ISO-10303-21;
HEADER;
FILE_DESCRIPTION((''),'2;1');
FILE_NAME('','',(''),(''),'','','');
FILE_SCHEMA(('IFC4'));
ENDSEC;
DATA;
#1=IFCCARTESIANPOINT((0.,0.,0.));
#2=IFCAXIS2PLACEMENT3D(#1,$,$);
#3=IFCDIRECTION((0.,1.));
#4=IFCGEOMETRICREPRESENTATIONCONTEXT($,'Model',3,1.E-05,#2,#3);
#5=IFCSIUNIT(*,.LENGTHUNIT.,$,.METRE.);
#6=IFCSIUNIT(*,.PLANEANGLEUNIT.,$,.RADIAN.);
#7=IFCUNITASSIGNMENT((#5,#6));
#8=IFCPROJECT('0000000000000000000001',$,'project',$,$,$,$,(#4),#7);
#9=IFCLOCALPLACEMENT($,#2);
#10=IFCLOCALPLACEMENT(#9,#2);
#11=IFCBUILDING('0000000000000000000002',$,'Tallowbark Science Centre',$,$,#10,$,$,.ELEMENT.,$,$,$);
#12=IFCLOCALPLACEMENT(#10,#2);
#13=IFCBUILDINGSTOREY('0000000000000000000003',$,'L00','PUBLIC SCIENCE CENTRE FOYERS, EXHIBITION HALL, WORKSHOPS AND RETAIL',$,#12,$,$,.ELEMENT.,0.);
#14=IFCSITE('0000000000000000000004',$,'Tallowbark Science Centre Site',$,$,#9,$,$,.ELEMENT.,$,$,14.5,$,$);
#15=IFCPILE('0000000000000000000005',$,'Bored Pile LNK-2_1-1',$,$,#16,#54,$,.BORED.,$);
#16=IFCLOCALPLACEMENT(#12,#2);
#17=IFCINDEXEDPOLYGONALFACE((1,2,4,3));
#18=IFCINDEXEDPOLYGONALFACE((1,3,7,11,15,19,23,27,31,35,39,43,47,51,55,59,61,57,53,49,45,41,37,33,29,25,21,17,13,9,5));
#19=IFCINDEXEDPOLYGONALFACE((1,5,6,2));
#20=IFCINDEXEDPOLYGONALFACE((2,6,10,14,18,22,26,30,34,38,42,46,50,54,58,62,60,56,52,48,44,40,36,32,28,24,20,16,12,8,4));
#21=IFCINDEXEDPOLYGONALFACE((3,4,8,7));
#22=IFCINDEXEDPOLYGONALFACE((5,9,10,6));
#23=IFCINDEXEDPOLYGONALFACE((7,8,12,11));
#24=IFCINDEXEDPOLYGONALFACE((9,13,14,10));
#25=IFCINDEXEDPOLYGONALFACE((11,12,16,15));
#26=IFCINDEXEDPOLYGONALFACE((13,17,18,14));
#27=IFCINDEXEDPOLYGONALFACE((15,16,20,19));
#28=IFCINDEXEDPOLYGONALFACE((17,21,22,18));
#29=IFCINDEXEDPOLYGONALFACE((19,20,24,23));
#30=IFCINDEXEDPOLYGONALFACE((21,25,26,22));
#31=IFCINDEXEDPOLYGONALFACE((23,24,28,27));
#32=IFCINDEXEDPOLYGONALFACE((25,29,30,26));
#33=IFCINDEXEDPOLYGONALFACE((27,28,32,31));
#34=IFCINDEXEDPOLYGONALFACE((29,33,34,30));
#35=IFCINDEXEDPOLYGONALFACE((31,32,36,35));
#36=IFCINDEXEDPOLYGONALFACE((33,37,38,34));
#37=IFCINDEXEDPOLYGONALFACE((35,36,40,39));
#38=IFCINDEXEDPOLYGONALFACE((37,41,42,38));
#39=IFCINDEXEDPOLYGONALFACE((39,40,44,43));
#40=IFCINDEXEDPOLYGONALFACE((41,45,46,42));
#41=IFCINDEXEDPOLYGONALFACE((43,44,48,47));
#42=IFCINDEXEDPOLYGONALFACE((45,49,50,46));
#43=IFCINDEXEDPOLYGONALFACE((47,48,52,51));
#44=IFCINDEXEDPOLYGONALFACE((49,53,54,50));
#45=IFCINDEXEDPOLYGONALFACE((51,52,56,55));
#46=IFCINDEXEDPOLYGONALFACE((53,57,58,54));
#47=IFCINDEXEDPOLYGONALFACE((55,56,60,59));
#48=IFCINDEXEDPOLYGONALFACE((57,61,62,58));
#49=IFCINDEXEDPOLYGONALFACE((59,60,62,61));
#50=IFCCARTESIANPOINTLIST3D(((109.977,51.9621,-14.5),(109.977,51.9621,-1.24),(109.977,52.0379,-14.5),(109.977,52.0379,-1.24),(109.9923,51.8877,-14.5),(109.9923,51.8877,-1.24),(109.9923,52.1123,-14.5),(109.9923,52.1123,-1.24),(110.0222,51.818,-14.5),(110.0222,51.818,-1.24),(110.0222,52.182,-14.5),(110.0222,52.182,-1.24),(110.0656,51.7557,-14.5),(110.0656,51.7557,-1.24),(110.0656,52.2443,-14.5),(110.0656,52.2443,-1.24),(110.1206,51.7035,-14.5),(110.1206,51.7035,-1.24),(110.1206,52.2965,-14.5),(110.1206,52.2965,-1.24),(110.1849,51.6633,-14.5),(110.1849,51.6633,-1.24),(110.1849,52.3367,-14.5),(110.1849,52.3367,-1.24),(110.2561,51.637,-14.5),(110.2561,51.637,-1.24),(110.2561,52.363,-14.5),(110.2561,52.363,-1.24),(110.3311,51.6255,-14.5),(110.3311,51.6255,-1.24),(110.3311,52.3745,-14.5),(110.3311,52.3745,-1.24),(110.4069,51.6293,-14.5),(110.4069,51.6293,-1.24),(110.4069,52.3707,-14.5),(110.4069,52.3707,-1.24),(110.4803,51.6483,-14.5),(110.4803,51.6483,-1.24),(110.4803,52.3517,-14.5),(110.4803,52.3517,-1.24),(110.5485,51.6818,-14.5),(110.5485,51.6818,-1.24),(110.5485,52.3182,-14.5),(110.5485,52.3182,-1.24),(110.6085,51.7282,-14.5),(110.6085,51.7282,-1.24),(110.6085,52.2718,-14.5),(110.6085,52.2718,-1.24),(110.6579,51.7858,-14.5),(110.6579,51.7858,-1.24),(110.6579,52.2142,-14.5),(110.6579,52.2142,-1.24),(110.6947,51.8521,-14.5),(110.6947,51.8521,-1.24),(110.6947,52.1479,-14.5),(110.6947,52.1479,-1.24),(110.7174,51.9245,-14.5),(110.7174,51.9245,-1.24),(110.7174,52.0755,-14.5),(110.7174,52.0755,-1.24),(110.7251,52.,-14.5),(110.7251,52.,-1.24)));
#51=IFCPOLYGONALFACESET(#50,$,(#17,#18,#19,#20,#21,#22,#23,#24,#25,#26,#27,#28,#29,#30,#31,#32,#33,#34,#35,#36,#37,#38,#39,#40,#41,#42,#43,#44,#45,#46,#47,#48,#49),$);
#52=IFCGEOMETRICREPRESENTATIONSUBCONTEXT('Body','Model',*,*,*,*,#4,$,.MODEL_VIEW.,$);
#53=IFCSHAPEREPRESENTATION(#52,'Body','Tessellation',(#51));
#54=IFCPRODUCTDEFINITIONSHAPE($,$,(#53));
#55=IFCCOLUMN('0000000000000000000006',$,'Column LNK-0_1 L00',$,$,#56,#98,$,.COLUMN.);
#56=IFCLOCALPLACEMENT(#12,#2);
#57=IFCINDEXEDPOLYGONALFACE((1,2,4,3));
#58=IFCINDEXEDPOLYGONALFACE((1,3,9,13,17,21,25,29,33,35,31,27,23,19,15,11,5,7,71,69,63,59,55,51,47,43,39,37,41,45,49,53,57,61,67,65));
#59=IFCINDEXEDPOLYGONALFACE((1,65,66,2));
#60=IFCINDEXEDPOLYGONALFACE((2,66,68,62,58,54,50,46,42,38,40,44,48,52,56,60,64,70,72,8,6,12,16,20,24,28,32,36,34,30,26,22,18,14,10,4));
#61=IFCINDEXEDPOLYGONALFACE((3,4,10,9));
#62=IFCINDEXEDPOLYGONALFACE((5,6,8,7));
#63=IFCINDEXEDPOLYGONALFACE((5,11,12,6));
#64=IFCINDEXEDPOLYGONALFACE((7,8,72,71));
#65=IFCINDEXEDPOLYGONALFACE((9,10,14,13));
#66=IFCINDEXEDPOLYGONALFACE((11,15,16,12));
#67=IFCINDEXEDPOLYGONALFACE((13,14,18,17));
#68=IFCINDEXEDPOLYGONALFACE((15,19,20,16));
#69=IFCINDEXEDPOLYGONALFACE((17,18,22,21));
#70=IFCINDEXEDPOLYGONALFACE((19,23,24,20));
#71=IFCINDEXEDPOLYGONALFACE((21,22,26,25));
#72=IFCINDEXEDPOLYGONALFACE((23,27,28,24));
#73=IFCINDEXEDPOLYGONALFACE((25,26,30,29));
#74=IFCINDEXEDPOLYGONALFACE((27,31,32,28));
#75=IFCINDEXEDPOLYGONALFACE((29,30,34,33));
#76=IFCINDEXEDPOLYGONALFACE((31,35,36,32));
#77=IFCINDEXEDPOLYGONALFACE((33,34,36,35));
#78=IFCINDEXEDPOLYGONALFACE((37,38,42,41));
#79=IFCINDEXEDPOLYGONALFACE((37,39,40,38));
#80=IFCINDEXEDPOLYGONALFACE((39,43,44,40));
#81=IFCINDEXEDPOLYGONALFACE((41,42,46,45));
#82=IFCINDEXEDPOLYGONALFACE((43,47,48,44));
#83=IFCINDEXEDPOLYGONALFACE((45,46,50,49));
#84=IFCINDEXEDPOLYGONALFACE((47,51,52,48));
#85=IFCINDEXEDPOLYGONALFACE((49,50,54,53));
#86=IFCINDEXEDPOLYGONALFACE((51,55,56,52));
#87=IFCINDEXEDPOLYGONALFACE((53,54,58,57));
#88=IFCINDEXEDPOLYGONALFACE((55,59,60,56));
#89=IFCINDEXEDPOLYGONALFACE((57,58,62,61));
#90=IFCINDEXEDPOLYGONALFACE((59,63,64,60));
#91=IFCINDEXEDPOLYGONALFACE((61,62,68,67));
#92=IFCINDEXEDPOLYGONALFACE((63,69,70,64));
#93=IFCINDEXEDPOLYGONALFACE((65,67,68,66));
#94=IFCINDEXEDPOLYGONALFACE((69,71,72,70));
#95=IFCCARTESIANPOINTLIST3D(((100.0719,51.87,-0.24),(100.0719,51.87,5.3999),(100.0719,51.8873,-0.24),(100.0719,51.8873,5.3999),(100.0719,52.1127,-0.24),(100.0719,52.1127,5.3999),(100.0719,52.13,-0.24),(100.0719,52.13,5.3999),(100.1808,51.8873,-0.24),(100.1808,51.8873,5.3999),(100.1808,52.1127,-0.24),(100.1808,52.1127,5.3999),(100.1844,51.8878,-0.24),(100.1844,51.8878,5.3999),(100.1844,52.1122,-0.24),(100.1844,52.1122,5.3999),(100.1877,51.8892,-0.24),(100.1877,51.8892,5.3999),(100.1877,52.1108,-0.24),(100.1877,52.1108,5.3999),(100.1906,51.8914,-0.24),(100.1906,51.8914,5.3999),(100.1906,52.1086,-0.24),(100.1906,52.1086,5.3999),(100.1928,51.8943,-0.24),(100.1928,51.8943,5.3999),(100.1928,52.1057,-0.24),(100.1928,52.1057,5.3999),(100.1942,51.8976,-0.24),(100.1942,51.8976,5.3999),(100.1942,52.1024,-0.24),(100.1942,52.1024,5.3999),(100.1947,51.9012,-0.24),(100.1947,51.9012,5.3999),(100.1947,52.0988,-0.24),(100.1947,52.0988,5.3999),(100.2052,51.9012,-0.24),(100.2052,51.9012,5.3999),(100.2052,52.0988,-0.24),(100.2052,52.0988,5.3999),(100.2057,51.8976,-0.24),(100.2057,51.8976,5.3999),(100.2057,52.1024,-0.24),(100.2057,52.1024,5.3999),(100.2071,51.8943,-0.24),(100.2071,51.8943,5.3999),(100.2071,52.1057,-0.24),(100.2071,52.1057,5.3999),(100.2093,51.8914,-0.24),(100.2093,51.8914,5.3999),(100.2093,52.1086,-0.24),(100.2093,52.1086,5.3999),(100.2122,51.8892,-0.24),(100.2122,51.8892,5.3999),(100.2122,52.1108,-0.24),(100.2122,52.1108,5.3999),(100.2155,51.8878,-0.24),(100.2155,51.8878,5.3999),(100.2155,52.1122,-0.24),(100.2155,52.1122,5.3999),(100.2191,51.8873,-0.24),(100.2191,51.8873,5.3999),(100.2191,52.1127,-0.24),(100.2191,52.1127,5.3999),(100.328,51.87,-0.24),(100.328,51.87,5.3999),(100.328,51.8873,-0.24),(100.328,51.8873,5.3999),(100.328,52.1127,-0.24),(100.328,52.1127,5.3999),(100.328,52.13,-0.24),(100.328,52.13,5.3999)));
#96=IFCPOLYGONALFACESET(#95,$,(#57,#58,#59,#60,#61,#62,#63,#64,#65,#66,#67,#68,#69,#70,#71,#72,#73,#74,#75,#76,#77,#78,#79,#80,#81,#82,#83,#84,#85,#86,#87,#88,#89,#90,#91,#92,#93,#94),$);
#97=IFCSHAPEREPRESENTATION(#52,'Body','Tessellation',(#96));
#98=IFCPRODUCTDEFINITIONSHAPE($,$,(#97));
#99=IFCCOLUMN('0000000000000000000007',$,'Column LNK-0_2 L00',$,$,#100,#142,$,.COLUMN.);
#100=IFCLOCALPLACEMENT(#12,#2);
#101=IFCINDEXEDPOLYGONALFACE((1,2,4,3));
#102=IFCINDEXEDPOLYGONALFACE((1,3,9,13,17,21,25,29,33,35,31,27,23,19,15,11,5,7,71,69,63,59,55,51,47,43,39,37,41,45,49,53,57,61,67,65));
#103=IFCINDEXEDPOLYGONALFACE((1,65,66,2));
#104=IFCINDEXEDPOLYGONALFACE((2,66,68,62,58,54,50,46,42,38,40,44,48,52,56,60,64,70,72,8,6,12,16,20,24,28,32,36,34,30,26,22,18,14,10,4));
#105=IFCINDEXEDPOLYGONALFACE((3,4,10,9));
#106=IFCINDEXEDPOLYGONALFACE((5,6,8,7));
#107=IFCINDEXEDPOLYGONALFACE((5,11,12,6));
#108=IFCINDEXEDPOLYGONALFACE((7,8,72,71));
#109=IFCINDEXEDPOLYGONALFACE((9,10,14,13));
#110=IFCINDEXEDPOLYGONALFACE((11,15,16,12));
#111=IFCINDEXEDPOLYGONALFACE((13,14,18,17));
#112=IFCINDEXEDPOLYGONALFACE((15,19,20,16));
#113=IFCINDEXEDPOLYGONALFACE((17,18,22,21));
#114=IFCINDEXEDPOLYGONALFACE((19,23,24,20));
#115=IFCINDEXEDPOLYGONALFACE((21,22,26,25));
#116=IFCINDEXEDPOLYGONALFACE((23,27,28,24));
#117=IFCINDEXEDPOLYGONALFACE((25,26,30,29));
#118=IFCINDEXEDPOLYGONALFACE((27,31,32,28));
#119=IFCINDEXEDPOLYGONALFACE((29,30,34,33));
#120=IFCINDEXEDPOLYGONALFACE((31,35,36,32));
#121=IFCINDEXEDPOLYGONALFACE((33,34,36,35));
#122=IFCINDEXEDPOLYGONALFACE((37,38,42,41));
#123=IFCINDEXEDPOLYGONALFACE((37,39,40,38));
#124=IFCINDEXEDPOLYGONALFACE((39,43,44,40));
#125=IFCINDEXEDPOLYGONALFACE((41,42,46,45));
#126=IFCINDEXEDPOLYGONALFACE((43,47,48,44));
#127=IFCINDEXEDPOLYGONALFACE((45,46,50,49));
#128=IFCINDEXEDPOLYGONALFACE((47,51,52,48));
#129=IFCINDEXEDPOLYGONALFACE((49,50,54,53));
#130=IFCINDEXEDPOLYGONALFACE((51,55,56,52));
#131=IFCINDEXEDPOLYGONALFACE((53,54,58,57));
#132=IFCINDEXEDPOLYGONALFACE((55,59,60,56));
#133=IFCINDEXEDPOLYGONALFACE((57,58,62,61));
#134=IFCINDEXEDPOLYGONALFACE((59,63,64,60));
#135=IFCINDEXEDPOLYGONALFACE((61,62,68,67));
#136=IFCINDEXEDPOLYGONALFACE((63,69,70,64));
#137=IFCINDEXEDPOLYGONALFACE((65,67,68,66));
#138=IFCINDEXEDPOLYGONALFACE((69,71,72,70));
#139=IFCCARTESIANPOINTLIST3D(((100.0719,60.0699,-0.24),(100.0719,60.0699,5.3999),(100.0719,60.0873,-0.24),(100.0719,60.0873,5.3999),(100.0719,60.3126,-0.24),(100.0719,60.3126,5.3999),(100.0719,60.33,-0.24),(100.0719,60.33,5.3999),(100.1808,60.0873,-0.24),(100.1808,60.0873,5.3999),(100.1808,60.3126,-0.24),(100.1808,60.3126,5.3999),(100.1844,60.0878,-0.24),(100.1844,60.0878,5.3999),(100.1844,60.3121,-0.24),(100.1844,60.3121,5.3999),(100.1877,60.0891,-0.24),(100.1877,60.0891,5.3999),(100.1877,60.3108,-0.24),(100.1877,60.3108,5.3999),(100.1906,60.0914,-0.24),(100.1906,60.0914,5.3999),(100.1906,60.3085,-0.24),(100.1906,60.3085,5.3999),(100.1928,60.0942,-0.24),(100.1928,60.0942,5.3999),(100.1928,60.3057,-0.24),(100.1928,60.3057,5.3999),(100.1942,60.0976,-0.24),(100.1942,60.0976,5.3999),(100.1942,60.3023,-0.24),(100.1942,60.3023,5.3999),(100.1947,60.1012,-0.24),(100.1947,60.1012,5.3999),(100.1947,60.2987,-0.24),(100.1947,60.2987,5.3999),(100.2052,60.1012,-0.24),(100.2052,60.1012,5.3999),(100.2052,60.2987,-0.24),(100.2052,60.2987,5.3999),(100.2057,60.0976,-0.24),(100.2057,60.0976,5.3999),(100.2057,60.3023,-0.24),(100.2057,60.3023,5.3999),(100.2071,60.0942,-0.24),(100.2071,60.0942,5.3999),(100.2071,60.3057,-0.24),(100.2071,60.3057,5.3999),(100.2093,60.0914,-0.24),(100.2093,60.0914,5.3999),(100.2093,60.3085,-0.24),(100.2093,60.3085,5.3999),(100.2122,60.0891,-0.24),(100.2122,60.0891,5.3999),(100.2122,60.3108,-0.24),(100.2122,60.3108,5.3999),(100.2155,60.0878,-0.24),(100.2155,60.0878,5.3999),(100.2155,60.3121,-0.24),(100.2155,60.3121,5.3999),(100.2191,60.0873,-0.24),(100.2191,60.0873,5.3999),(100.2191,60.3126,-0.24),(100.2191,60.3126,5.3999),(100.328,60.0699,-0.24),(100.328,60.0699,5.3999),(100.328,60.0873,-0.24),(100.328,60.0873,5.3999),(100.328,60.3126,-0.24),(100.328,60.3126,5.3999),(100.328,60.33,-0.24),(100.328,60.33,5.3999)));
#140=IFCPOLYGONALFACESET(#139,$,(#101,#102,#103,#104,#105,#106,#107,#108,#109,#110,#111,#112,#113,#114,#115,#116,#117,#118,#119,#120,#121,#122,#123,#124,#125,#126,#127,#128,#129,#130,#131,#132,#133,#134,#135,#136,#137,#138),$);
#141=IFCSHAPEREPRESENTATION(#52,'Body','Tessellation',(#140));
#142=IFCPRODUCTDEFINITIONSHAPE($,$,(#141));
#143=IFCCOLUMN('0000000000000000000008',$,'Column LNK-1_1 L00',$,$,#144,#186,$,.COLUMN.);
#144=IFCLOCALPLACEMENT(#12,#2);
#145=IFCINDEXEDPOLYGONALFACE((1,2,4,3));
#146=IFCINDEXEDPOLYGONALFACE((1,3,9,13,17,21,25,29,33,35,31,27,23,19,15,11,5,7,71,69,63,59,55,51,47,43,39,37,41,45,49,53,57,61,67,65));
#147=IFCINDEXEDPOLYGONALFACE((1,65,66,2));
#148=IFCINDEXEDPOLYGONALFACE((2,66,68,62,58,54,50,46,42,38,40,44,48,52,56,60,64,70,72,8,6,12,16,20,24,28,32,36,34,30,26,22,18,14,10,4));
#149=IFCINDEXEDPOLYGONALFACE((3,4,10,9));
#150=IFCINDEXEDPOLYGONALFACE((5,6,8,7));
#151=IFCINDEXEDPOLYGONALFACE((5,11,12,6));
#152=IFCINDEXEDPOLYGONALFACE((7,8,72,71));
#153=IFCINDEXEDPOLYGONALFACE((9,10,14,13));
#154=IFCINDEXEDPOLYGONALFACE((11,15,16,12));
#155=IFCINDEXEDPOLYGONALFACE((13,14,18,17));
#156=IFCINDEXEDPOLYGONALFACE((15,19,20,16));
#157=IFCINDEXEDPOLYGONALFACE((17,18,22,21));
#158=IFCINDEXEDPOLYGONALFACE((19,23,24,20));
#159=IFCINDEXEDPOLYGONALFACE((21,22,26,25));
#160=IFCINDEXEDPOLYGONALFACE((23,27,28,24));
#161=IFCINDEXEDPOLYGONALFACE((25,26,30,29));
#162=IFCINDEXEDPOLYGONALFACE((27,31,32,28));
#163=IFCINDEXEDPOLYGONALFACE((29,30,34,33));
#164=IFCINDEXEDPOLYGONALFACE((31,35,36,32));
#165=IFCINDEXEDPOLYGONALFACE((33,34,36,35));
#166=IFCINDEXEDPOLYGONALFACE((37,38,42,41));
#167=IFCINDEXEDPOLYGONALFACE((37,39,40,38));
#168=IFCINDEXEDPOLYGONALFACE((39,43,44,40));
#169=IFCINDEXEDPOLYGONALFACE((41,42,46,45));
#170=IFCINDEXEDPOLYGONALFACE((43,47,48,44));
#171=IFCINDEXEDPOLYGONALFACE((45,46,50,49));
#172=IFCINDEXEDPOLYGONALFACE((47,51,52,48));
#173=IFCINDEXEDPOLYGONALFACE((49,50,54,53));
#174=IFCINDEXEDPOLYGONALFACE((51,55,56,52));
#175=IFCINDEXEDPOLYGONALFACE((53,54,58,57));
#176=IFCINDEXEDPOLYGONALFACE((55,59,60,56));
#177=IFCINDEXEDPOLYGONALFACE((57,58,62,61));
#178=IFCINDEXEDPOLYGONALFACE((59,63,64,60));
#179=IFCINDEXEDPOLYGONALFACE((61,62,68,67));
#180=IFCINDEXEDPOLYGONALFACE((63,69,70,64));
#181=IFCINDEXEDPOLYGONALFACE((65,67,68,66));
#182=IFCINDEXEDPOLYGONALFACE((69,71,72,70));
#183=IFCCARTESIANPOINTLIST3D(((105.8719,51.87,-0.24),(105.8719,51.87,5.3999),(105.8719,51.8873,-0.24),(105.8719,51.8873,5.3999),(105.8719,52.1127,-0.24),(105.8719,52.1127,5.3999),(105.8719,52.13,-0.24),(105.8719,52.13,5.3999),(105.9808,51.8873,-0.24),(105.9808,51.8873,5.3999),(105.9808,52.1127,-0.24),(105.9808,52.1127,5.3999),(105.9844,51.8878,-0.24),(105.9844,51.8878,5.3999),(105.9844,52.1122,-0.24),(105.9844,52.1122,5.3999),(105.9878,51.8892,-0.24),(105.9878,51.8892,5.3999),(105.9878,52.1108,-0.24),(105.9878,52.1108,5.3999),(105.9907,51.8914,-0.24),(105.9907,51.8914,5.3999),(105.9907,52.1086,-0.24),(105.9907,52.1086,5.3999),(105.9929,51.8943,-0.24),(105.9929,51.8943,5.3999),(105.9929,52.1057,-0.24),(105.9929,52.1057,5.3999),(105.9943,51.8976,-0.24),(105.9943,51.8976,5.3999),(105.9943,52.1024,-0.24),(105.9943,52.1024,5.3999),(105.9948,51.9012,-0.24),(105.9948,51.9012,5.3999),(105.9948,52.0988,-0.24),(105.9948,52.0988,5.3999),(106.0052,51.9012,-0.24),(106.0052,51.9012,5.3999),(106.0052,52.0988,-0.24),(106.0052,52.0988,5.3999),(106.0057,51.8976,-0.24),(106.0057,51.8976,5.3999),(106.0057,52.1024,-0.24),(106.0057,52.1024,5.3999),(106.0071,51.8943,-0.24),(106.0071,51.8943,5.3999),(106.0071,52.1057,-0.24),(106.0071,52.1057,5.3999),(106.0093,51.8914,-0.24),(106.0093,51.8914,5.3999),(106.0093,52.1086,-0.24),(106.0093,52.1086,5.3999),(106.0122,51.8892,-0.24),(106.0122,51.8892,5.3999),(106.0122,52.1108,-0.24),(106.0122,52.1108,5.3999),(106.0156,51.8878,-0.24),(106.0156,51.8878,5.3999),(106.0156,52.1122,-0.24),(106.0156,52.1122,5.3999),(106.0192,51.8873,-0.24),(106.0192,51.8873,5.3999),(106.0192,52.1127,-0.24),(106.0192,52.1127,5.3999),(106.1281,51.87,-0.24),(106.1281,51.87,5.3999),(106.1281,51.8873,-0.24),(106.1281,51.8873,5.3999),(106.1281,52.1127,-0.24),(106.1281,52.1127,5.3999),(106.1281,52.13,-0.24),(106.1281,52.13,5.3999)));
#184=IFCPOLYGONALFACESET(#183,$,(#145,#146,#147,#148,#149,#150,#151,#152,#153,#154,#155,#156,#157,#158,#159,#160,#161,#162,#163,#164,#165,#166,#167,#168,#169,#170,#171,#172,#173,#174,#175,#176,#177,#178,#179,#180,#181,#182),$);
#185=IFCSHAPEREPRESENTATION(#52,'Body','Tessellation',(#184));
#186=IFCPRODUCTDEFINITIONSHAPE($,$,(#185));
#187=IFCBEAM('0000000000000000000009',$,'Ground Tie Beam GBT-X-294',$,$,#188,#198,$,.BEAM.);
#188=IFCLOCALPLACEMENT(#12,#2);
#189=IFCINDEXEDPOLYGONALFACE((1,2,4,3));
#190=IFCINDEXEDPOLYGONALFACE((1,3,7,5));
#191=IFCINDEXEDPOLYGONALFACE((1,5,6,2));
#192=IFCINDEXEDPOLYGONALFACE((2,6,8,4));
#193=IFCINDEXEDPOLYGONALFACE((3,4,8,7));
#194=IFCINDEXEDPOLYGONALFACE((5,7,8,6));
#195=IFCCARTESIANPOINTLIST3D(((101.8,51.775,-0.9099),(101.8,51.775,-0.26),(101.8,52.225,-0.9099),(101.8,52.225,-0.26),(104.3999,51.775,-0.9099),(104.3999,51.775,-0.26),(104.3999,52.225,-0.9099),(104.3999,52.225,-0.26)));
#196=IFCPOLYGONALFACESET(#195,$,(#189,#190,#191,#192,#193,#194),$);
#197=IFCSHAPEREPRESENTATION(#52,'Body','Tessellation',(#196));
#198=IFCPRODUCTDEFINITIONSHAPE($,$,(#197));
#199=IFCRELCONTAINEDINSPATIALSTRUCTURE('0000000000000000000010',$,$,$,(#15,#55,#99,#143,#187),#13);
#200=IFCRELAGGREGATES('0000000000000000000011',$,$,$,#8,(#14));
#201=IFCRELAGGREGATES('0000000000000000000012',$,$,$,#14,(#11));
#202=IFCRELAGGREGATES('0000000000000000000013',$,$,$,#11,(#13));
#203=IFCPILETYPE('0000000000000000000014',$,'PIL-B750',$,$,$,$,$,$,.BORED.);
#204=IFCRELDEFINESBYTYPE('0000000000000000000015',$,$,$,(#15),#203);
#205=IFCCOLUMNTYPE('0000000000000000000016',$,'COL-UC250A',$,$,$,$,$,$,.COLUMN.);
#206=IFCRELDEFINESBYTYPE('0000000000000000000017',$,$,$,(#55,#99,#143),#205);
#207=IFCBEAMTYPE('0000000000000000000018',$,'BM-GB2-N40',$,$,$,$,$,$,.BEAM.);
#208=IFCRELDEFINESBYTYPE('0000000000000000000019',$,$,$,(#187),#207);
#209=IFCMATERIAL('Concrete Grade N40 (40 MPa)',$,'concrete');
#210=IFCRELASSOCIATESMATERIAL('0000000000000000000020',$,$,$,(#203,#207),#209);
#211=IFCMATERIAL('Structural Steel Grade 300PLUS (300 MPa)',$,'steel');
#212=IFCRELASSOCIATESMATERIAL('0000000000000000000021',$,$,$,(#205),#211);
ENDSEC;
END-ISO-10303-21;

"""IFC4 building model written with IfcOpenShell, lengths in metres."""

from ifc_helpers import new_model, si_unit, direction, frame, origin, origin_2d, place, context, subcontext, project, spatial, rectangle, circle, i_section, extrude, material, material_profile, profile_set, type_object, element, save


model = new_model("IFC4")

# Units and contexts
model_context = context("Model", 3, precision=1e-05, world=origin(), true_north=direction((0.0, 1.0)))
body_context = subcontext(model_context, "Body", "Model", "MODEL_VIEW")
ifc_project = project(units=[si_unit("LENGTHUNIT", "METRE"), si_unit("PLANEANGLEUNIT", "RADIAN")], contexts=[model_context])

# Site, building, storey
site_placement = place(None, origin())
site = spatial("IfcSite", under=ifc_project, at=site_placement, Name="Tallowbark Science Centre Site", CompositionType="ELEMENT", RefElevation=14.5)
building_placement = place(site_placement, origin())
building = spatial("IfcBuilding", under=site, at=building_placement, Name="Tallowbark Science Centre", CompositionType="ELEMENT")
storey_placement = place(building_placement, origin())
storey = spatial("IfcBuildingStorey", under=building, at=storey_placement, Name="L00", Description="PUBLIC SCIENCE CENTRE FOYERS, EXHIBITION HALL, WORKSHOPS AND RETAIL", CompositionType="ELEMENT", Elevation=0.0)

# Shared definitions
ifc_material_1 = material(Name="Concrete Grade N40 (40 MPa)", Category="concrete")

# Pile
ifc_material_profile_1 = material_profile(ifc_material_1, circle(Radius=0.375, at=origin_2d()), Name="PILE750")
ifc_profile_set_1 = profile_set([ifc_material_profile_1], Name="Concrete Grade N40 (40 MPa)")
pile_type = type_object("IfcPileType", Name="PIL-B750", PredefinedType="BORED", material=ifc_profile_set_1)
for number, where, z_axis, x_axis, name in (
    (1, (110.3501, 52.0, -1.24), (0.0, 0.0, -1.0), (1.0, 0.0, 0.0), "Bored Pile LNK-2_1-1"),
):
    element("IfcPile", number, at=place(storey_placement, frame(where, z_axis=z_axis, x_axis=x_axis)), inside=storey, type_object=pile_type, Name=name, PredefinedType="BORED", context=body_context, shape_type="SweptSolid", body=[
        extrude(circle(Radius=0.375, at=origin_2d()), origin(), (0.0, 0.0, 1.0), 13.26),
    ])

# Columns
ifc_material_2 = material(Name="Structural Steel Grade 300PLUS (300 MPa)", Category="steel")
ifc_material_profile_2 = material_profile(ifc_material_2, i_section(OverallWidth=0.2561, OverallDepth=0.26, WebThickness=0.0105, FlangeThickness=0.0173, FilletRadius=0.0139, at=origin_2d()), Name="250UC89.5")
ifc_profile_set_2 = profile_set([ifc_material_profile_2], Name="Structural Steel Grade 300PLUS (300 MPa)")
column_type = type_object("IfcColumnType", Name="COL-UC250A", PredefinedType="COLUMN", material=ifc_profile_set_2)
for number, where, z_axis, x_axis, name in (
    (2, (100.2, 52.0, -0.24), (0.0, 0.0, 1.0), (1.0, 0.0, 0.0), "Column LNK-0_1 L00"),
    (3, (100.2, 60.2, -0.24), (0.0, 0.0, 1.0), (1.0, 0.0, 0.0), "Column LNK-0_2 L00"),
    (4, (106.0, 52.0, -0.24), (0.0, 0.0, 1.0), (1.0, 0.0, 0.0), "Column LNK-1_1 L00"),
):
    element("IfcColumn", number, at=place(storey_placement, frame(where, z_axis=z_axis, x_axis=x_axis)), inside=storey, type_object=column_type, Name=name, PredefinedType="COLUMN", context=body_context, shape_type="SweptSolid", body=[
        extrude(i_section(OverallWidth=0.2561, OverallDepth=0.26, WebThickness=0.0105, FlangeThickness=0.0173, FilletRadius=0.0139, at=origin_2d()), origin(), (0.0, 0.0, 1.0), 5.6399),
    ])

# Beam
ifc_material_profile_3 = material_profile(ifc_material_1, rectangle(XDim=0.45, YDim=0.6499, at=origin_2d()), Name="RC450x650")
ifc_profile_set_3 = profile_set([ifc_material_profile_3], Name="Concrete Grade N40 (40 MPa)")
beam_type = type_object("IfcBeamType", Name="BM-GB2-N40", PredefinedType="BEAM", material=ifc_profile_set_3)
beam_1_placement = place(storey_placement, frame((101.8, 52.0, -0.585), z_axis=(1.0, 0.0, 0.0), x_axis=(0.0, 1.0, 0.0)))
element("IfcBeam", 5, at=beam_1_placement, inside=storey, type_object=beam_type, Name="Ground Tie Beam GBT-X-294", PredefinedType="BEAM", context=body_context, shape_type="SweptSolid", body=[
    extrude(rectangle(XDim=0.45, YDim=0.6499, at=origin_2d()), origin(), (0.0, 0.0, 1.0), 2.5999),
])

save(model, "model.ifc")
